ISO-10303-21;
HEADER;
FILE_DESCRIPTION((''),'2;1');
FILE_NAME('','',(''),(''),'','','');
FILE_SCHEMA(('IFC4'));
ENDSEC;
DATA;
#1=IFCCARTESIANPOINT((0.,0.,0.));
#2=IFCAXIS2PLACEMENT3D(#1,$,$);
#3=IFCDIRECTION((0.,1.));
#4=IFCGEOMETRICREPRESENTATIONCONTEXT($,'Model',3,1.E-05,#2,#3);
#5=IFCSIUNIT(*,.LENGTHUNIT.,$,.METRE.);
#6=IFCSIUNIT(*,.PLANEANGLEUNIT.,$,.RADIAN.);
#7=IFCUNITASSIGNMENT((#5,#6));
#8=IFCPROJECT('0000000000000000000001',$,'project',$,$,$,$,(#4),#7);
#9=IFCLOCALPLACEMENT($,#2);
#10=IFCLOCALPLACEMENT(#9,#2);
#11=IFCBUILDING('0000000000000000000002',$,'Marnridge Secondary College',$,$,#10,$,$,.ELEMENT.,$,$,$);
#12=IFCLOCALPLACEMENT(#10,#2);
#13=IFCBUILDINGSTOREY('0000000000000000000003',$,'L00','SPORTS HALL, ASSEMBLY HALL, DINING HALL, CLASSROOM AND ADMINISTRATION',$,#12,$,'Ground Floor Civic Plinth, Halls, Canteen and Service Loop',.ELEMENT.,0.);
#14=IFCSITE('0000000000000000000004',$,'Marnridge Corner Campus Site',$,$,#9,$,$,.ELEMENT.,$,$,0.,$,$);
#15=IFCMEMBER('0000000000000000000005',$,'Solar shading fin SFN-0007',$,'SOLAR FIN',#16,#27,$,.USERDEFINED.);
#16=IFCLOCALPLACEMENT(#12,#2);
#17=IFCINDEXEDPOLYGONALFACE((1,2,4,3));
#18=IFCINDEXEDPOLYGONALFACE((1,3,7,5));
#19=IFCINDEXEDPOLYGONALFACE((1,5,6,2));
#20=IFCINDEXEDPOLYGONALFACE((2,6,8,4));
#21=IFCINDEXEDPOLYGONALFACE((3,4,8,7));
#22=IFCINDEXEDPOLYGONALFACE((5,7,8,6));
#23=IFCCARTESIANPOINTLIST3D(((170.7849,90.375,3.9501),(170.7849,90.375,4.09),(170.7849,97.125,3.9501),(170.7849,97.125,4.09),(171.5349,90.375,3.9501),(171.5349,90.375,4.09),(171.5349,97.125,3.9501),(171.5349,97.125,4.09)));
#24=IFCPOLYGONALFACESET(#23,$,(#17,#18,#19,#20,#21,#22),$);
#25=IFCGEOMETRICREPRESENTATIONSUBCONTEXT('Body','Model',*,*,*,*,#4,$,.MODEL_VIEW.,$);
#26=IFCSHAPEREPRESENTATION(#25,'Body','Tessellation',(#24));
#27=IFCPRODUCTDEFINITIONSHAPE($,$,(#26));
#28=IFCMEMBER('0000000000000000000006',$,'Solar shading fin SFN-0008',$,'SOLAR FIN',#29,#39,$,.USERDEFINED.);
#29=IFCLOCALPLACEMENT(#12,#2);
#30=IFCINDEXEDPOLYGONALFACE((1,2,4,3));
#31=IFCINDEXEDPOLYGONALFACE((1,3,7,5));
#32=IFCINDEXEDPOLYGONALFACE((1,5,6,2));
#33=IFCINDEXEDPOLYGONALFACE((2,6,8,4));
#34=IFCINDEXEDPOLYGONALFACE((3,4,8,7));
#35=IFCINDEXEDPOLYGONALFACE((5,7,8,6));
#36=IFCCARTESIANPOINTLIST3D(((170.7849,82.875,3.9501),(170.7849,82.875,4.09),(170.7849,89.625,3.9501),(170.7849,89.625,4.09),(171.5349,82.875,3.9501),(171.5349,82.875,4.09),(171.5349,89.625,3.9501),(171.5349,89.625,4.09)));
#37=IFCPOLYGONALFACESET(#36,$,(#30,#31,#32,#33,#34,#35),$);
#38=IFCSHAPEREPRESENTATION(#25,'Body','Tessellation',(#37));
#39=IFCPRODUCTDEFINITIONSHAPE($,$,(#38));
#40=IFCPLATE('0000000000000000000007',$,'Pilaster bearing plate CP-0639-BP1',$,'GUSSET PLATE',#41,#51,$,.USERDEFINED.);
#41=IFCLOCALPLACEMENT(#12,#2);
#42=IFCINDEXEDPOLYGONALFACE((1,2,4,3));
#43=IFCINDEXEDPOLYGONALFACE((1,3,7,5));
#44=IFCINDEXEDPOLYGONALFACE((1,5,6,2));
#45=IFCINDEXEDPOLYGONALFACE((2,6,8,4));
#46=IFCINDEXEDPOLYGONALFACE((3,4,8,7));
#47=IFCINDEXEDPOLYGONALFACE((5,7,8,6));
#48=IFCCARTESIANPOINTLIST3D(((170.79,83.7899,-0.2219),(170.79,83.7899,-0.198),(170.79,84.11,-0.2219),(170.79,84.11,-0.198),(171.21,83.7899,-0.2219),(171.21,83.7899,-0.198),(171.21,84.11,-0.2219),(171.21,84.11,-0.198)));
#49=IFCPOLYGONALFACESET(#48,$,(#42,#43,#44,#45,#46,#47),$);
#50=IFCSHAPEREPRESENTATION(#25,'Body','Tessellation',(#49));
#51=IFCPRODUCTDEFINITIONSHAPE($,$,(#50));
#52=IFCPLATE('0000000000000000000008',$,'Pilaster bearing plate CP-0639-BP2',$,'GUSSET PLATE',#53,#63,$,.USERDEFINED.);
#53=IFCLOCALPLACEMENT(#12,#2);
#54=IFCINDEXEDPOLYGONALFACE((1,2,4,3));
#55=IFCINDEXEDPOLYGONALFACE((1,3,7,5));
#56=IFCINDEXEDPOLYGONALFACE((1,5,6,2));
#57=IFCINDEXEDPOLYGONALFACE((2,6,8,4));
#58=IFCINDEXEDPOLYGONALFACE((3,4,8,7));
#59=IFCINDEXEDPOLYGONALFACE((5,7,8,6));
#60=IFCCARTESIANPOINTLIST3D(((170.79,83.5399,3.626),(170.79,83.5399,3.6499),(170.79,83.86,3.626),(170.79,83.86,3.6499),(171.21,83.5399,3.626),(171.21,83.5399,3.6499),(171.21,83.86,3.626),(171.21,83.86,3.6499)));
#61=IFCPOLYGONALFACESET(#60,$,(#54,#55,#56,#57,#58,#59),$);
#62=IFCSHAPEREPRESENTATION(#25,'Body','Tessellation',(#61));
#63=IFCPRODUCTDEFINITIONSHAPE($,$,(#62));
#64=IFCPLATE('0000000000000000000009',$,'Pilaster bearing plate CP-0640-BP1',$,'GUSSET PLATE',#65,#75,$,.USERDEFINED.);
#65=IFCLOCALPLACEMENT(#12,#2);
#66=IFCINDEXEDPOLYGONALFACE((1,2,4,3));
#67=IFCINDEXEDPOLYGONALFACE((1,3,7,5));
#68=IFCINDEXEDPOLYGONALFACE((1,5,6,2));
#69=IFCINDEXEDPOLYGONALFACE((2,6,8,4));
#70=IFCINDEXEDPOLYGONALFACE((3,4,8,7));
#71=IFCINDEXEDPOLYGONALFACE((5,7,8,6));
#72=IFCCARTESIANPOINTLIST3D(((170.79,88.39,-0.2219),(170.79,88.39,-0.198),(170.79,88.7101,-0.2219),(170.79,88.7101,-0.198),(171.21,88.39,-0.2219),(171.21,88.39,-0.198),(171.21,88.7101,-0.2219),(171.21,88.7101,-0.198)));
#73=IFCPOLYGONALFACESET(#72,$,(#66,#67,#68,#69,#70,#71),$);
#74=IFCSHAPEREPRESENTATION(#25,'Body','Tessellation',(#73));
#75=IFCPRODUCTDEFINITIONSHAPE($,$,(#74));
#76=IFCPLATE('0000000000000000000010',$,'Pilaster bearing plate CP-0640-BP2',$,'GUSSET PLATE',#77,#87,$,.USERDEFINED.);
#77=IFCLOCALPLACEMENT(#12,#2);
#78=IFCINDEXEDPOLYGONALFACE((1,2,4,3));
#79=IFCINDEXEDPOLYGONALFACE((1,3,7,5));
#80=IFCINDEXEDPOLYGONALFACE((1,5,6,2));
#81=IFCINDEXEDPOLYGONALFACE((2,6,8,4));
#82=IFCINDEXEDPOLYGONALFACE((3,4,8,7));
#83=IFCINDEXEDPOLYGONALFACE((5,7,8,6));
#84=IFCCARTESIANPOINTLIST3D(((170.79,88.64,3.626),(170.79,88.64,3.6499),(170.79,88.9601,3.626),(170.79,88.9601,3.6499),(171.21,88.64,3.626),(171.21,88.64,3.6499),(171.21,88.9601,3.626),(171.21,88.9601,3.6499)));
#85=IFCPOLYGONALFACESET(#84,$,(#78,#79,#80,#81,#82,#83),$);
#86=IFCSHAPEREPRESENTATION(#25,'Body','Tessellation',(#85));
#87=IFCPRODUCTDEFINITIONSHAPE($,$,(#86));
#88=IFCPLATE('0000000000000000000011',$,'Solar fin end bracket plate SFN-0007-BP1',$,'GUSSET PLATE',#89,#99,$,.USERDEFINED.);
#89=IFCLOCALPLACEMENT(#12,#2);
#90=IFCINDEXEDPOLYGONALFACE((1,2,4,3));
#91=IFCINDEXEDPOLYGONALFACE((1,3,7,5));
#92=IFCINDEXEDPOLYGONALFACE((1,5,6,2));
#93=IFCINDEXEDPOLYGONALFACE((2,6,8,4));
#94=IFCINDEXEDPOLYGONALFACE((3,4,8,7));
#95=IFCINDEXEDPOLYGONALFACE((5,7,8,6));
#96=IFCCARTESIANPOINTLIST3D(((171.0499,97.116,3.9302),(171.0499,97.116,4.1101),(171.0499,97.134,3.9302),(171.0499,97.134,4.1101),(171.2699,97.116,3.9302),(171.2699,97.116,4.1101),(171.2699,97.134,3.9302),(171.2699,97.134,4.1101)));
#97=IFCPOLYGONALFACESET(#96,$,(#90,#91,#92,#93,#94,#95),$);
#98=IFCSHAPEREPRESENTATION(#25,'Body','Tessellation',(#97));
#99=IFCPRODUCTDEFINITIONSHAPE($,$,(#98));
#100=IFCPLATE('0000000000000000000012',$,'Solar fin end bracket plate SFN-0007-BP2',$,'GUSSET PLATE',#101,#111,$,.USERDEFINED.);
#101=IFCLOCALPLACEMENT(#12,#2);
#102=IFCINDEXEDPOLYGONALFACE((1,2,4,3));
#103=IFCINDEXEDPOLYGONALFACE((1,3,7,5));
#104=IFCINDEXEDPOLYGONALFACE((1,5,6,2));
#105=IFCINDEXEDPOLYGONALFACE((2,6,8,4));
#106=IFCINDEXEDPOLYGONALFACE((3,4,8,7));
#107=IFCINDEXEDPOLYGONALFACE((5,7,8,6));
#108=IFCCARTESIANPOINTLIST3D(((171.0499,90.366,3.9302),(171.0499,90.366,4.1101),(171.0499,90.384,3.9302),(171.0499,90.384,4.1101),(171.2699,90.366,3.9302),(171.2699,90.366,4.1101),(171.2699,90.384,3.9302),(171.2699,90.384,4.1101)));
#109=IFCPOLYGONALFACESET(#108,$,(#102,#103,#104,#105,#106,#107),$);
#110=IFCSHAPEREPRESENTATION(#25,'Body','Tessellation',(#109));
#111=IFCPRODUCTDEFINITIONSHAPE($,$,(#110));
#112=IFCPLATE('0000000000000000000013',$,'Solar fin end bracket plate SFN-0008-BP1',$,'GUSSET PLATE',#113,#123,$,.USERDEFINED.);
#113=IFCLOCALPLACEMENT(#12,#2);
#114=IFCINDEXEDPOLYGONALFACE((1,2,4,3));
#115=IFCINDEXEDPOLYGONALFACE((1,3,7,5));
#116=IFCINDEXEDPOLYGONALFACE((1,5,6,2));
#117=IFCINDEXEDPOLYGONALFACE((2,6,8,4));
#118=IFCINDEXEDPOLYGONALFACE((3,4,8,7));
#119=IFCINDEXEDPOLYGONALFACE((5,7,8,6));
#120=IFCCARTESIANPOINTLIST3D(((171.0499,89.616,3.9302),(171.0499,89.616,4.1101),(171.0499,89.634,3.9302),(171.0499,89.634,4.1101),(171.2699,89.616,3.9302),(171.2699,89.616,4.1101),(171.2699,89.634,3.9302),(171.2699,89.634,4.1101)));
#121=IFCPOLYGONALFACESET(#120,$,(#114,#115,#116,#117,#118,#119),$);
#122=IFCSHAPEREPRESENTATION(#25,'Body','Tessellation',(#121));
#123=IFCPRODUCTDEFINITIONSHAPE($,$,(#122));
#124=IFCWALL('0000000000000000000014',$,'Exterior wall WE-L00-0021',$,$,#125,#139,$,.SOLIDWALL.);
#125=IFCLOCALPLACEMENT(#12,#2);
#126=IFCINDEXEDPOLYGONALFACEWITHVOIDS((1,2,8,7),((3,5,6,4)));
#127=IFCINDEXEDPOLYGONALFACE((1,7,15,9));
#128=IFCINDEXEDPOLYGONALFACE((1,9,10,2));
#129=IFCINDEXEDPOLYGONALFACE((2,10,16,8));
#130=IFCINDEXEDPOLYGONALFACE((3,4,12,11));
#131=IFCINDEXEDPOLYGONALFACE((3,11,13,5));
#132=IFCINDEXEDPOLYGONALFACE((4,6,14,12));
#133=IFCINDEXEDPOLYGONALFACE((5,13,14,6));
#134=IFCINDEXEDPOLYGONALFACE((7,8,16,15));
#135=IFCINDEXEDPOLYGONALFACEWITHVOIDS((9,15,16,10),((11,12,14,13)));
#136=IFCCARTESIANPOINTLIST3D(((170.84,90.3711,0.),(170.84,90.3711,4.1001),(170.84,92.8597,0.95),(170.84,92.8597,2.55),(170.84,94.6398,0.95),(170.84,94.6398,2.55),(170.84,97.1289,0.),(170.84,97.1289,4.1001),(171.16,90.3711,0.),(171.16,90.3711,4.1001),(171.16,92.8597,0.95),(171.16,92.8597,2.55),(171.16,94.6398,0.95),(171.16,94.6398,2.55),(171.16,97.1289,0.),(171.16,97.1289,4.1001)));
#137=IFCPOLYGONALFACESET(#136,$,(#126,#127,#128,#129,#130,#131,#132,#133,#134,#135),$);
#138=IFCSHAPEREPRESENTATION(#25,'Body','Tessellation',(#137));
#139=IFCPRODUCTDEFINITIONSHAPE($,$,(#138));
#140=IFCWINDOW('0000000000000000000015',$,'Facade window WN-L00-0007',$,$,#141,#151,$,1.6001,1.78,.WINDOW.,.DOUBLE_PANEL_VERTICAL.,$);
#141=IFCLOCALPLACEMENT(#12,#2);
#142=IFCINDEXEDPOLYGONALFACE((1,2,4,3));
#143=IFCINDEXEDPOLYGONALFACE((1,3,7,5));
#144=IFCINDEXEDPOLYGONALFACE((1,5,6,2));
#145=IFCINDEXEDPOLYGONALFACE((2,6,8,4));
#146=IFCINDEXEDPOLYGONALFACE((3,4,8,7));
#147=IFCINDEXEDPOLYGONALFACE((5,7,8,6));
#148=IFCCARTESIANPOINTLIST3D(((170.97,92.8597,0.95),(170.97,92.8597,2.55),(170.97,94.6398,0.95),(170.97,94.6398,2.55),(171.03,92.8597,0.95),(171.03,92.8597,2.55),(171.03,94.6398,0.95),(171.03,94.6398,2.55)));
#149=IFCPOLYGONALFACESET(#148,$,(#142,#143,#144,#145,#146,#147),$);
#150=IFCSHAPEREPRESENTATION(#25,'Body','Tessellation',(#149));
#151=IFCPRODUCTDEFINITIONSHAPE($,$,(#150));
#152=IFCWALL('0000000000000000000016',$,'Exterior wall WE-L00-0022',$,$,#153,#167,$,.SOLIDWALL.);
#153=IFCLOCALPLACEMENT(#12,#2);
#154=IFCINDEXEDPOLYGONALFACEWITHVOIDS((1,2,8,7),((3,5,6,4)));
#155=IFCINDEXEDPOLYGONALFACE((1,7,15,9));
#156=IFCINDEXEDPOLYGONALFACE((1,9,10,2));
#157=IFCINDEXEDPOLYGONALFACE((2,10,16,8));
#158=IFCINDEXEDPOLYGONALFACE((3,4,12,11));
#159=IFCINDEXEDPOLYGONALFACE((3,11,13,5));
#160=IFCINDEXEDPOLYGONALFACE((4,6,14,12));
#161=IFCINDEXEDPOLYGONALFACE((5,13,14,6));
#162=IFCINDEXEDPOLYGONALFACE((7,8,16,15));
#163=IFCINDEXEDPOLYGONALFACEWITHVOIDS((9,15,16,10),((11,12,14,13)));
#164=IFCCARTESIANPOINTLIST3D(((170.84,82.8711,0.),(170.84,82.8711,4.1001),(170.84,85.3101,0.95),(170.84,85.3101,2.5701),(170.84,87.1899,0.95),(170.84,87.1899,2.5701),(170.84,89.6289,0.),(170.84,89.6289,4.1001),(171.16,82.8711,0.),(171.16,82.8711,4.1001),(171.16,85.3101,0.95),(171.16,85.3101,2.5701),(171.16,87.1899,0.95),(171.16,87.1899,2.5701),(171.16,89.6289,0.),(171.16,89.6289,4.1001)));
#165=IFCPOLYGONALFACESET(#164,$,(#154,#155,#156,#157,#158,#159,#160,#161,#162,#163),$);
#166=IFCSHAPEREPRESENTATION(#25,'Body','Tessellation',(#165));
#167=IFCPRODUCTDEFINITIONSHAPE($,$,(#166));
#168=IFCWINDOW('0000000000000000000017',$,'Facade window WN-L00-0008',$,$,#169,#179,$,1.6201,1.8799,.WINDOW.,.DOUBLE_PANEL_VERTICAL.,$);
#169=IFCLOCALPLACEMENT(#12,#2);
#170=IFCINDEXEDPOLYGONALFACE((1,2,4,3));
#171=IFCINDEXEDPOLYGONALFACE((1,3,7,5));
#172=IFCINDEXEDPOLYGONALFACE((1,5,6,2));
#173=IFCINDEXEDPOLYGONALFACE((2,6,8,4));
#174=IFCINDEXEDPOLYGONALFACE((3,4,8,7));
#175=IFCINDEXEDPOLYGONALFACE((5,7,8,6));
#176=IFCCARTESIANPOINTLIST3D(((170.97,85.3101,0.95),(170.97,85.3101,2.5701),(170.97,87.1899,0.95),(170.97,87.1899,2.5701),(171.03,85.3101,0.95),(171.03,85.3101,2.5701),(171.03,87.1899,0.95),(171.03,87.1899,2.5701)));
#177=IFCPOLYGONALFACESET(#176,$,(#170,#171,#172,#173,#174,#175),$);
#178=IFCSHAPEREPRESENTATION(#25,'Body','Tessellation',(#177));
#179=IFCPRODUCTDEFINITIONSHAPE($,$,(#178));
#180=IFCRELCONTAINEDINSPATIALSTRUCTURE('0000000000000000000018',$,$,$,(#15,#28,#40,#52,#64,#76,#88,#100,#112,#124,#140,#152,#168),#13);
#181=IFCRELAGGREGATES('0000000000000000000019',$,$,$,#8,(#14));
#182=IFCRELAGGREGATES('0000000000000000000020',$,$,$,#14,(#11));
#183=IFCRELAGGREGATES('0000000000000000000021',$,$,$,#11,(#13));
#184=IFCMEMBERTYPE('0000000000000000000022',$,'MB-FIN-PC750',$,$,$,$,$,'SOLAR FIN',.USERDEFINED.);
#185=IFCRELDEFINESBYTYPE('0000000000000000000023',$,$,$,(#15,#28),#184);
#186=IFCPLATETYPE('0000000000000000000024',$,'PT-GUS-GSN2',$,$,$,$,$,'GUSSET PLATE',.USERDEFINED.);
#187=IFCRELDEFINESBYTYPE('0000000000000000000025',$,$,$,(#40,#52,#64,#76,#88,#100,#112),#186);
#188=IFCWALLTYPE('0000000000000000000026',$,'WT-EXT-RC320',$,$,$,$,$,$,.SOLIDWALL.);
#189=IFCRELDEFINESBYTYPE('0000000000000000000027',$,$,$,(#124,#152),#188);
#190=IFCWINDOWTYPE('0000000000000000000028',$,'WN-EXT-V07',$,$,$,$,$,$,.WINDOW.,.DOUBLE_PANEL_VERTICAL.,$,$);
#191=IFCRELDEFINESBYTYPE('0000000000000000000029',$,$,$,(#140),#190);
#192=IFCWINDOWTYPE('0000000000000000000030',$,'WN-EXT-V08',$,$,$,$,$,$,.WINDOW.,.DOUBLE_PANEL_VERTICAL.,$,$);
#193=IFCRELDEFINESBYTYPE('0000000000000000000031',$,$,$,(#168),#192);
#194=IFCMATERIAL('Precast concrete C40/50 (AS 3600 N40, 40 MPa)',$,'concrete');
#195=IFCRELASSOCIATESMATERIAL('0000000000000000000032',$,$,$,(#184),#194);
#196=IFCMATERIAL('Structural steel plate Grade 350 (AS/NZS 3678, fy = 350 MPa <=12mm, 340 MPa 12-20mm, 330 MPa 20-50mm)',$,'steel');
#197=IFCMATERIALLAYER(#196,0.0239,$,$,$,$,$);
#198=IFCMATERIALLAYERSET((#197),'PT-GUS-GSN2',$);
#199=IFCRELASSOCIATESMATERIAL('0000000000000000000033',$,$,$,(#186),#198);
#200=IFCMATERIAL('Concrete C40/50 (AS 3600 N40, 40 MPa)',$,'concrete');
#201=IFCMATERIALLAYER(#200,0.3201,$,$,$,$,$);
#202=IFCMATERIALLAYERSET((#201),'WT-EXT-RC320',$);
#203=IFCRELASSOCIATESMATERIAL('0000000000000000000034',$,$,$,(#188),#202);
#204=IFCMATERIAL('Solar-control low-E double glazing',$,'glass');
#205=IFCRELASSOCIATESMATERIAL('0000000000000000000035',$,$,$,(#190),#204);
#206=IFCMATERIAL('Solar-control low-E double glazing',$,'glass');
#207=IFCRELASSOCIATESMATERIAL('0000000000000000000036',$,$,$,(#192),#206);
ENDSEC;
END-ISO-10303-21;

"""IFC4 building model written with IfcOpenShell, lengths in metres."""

from ifc_helpers import new_model, si_unit, direction, frame, frame_2d, origin, origin_2d, place, context, subcontext, project, spatial, rectangle, extrude, material, layer, layer_set, material_profile, profile_set, type_object, element, fill, save


model = new_model("IFC4")

# Units and contexts
model_context = context("Model", 3, precision=1e-05, world=origin(), true_north=direction((0.0, 1.0)))
body_context = subcontext(model_context, "Body", "Model", "MODEL_VIEW")
ifc_project = project(units=[si_unit("LENGTHUNIT", "METRE"), si_unit("PLANEANGLEUNIT", "RADIAN")], contexts=[model_context])

# Site, building, storey
site_placement = place(None, origin())
site = spatial("IfcSite", under=ifc_project, at=site_placement, Name="Marnridge Corner Campus Site", CompositionType="ELEMENT", RefElevation=0.0)
building_placement = place(site_placement, origin())
building = spatial("IfcBuilding", under=site, at=building_placement, Name="Marnridge Secondary College", CompositionType="ELEMENT")
storey_placement = place(building_placement, origin())
storey = spatial("IfcBuildingStorey", under=building, at=storey_placement, Name="L00", Description="SPORTS HALL, ASSEMBLY HALL, DINING HALL, CLASSROOM AND ADMINISTRATION", LongName="Ground Floor Civic Plinth, Halls, Canteen and Service Loop", CompositionType="ELEMENT", Elevation=0.0)

# Members
ifc_material_1 = material(Name="Precast concrete C40/50 (AS 3600 N40, 40 MPa)", Category="concrete")
ifc_material_profile_1 = material_profile(ifc_material_1, rectangle(XDim=0.1399, YDim=0.75, at=origin_2d()), Name="FIN PC 140x750")
ifc_profile_set_1 = profile_set([ifc_material_profile_1], Name="Precast concrete C40/50 (AS 3600 N40, 40 MPa)")
member_type = type_object("IfcMemberType", Name="MB-FIN-PC750", ElementType="SOLAR FIN", PredefinedType="USERDEFINED", material=ifc_profile_set_1)
for number, where, z_axis, x_axis, name in (
    (1, (171.1599, 97.125, 4.02), (0.0, -1.0, 0.0), (0.0, 0.0, 1.0), "Solar shading fin SFN-0007"),
    (2, (171.1599, 89.625, 4.02), (0.0, -1.0, 0.0), (0.0, 0.0, 1.0), "Solar shading fin SFN-0008"),
):
    element("IfcMember", number, at=place(storey_placement, frame(where, z_axis=z_axis, x_axis=x_axis)), inside=storey, type_object=member_type, Name=name, ObjectType="SOLAR FIN", PredefinedType="USERDEFINED", context=body_context, shape_type="SweptSolid", body=[
        extrude(rectangle(XDim=0.1399, YDim=0.75, at=origin_2d()), origin(), (0.0, 0.0, 1.0), 6.75),
    ])

# Plates
ifc_material_2 = material(Name="Structural steel plate Grade 350 (AS/NZS 3678, fy = 350 MPa <=12mm, 340 MPa 12-20mm, 330 MPa 20-50mm)", Category="steel")
ifc_layer_1 = layer(ifc_material_2, 0.0239)
ifc_layer_set_1 = layer_set([ifc_layer_1], Name="PT-GUS-GSN2")
plate_type = type_object("IfcPlateType", Name="PT-GUS-GSN2", ElementType="GUSSET PLATE", PredefinedType="USERDEFINED", material=ifc_layer_set_1)
for number, where, z_axis, x_axis, name in (
    (3, (171.0, 83.95, -0.2219), (0.0, 0.0, 1.0), (1.0, 0.0, 0.0), "Pilaster bearing plate CP-0639-BP1"),
    (4, (171.0, 83.7, 3.626), (0.0, 0.0, 1.0), (1.0, 0.0, 0.0), "Pilaster bearing plate CP-0639-BP2"),
    (5, (171.0, 88.55, -0.2219), (0.0, 0.0, 1.0), (1.0, 0.0, 0.0), "Pilaster bearing plate CP-0640-BP1"),
    (6, (171.0, 88.8, 3.626), (0.0, 0.0, 1.0), (1.0, 0.0, 0.0), "Pilaster bearing plate CP-0640-BP2"),
):
    element("IfcPlate", number, at=place(storey_placement, frame(where, z_axis=z_axis, x_axis=x_axis)), inside=storey, type_object=plate_type, Name=name, ObjectType="GUSSET PLATE", PredefinedType="USERDEFINED", context=body_context, shape_type="SweptSolid", body=[
        extrude(rectangle(XDim=0.4199, YDim=0.3201, at=origin_2d()), origin(), (0.0, 0.0, 1.0), 0.0239),
    ])
for number, where, z_axis, x_axis, name in (
    (7, (171.1599, 97.125, 3.9302), (0.0, 0.0, 1.0), (1.0, 0.0, 0.0), "Solar fin end bracket plate SFN-0007-BP1"),
    (8, (171.1599, 90.375, 3.9302), (0.0, 0.0, 1.0), (1.0, 0.0, 0.0), "Solar fin end bracket plate SFN-0007-BP2"),
    (9, (171.1599, 89.625, 3.9302), (0.0, 0.0, 1.0), (1.0, 0.0, 0.0), "Solar fin end bracket plate SFN-0008-BP1"),
):
    element("IfcPlate", number, at=place(storey_placement, frame(where, z_axis=z_axis, x_axis=x_axis)), inside=storey, type_object=plate_type, Name=name, ObjectType="GUSSET PLATE", PredefinedType="USERDEFINED", context=body_context, shape_type="SweptSolid", body=[
        extrude(rectangle(XDim=0.22, YDim=0.0181, at=origin_2d()), origin(), (0.0, 0.0, 1.0), 0.1799),
    ])

# Walls, openings, windows
ifc_material_3 = material(Name="Concrete C40/50 (AS 3600 N40, 40 MPa)", Category="concrete")
ifc_layer_2 = layer(ifc_material_3, 0.3201)
ifc_layer_set_2 = layer_set([ifc_layer_2], Name="WT-EXT-RC320")
wall_type = type_object("IfcWallType", Name="WT-EXT-RC320", PredefinedType="SOLIDWALL", material=ifc_layer_set_2)
wall_1_placement = place(storey_placement, frame((171.0, 97.1289, 0.0), z_axis=(0.0, 0.0, 1.0), x_axis=(0.0, -1.0, 0.0)))
wall_1 = element("IfcWall", 10, at=wall_1_placement, inside=storey, type_object=wall_type, Name="Exterior wall WE-L00-0021", PredefinedType="SOLIDWALL", context=body_context, shape_type="SweptSolid", body=[
    extrude(rectangle(XDim=6.7578, YDim=0.3201, at=frame_2d((3.3789, 0.0))), origin(), (0.0, 0.0, 1.0), 4.1001),
])
opening_1_placement = place(wall_1_placement, frame((2.489, 0.0, 0.95)))
opening_1 = element("IfcOpeningElement", 11, at=opening_1_placement, cuts=wall_1, PredefinedType="OPENING", context=body_context, shape_type="SweptSolid", body=[
    extrude(rectangle(XDim=1.78, YDim=1.6001, at=frame_2d((0.8901, 0.8))), frame((0.0, 0.1699, 0.0), z_axis=(0.0, -1.0, 0.0), x_axis=(1.0, 0.0, 0.0)), (0.0, 0.0, 1.0), 0.3401),
])
ifc_material_4 = material(Name="Solar-control low-E double glazing", Category="glass")
window_type_1 = type_object("IfcWindowType", Name="WN-EXT-V07", PartitioningType="DOUBLE_PANEL_VERTICAL", PredefinedType="WINDOW", material=ifc_material_4)
window_1_placement = place(opening_1_placement, origin())
window_1 = element("IfcWindow", 12, at=window_1_placement, inside=storey, type_object=window_type_1, Name="Facade window WN-L00-0007", OverallHeight=1.6001, OverallWidth=1.78, PartitioningType="DOUBLE_PANEL_VERTICAL", PredefinedType="WINDOW", context=body_context, shape_type="SweptSolid", body=[
    extrude(rectangle(XDim=1.78, YDim=1.6001, at=frame_2d((0.8901, 0.8))), frame((0.0, 0.03, 0.0), z_axis=(0.0, -1.0, 0.0), x_axis=(1.0, 0.0, 0.0)), (0.0, 0.0, 1.0), 0.0601),
])
fill(opening_1, window_1)
wall_2_placement = place(storey_placement, frame((171.0, 89.6289, 0.0), z_axis=(0.0, 0.0, 1.0), x_axis=(0.0, -1.0, 0.0)))
wall_2 = element("IfcWall", 13, at=wall_2_placement, inside=storey, type_object=wall_type, Name="Exterior wall WE-L00-0022", PredefinedType="SOLIDWALL", context=body_context, shape_type="SweptSolid", body=[
    extrude(rectangle(XDim=6.7578, YDim=0.3201, at=frame_2d((3.3789, 0.0))), origin(), (0.0, 0.0, 1.0), 4.1001),
])
opening_2_placement = place(wall_2_placement, frame((2.439, 0.0, 0.95)))
opening_2 = element("IfcOpeningElement", 14, at=opening_2_placement, cuts=wall_2, PredefinedType="OPENING", context=body_context, shape_type="SweptSolid", body=[
    extrude(rectangle(XDim=1.8799, YDim=1.6201, at=frame_2d((0.9399, 0.8101))), frame((0.0, 0.1699, 0.0), z_axis=(0.0, -1.0, 0.0), x_axis=(1.0, 0.0, 0.0)), (0.0, 0.0, 1.0), 0.3401),
])
ifc_material_5 = material(Name="Solar-control low-E double glazing", Category="glass")
window_type_2 = type_object("IfcWindowType", Name="WN-EXT-V08", PartitioningType="DOUBLE_PANEL_VERTICAL", PredefinedType="WINDOW", material=ifc_material_5)
window_2_placement = place(opening_2_placement, origin())
window_2 = element("IfcWindow", 15, at=window_2_placement, inside=storey, type_object=window_type_2, Name="Facade window WN-L00-0008", OverallHeight=1.6201, OverallWidth=1.8799, PartitioningType="DOUBLE_PANEL_VERTICAL", PredefinedType="WINDOW", context=body_context, shape_type="SweptSolid", body=[
    extrude(rectangle(XDim=1.8799, YDim=1.6201, at=frame_2d((0.9399, 0.8101))), frame((0.0, 0.03, 0.0), z_axis=(0.0, -1.0, 0.0), x_axis=(1.0, 0.0, 0.0)), (0.0, 0.0, 1.0), 0.0601),
])
fill(opening_2, window_2)

save(model, "model.ifc")
